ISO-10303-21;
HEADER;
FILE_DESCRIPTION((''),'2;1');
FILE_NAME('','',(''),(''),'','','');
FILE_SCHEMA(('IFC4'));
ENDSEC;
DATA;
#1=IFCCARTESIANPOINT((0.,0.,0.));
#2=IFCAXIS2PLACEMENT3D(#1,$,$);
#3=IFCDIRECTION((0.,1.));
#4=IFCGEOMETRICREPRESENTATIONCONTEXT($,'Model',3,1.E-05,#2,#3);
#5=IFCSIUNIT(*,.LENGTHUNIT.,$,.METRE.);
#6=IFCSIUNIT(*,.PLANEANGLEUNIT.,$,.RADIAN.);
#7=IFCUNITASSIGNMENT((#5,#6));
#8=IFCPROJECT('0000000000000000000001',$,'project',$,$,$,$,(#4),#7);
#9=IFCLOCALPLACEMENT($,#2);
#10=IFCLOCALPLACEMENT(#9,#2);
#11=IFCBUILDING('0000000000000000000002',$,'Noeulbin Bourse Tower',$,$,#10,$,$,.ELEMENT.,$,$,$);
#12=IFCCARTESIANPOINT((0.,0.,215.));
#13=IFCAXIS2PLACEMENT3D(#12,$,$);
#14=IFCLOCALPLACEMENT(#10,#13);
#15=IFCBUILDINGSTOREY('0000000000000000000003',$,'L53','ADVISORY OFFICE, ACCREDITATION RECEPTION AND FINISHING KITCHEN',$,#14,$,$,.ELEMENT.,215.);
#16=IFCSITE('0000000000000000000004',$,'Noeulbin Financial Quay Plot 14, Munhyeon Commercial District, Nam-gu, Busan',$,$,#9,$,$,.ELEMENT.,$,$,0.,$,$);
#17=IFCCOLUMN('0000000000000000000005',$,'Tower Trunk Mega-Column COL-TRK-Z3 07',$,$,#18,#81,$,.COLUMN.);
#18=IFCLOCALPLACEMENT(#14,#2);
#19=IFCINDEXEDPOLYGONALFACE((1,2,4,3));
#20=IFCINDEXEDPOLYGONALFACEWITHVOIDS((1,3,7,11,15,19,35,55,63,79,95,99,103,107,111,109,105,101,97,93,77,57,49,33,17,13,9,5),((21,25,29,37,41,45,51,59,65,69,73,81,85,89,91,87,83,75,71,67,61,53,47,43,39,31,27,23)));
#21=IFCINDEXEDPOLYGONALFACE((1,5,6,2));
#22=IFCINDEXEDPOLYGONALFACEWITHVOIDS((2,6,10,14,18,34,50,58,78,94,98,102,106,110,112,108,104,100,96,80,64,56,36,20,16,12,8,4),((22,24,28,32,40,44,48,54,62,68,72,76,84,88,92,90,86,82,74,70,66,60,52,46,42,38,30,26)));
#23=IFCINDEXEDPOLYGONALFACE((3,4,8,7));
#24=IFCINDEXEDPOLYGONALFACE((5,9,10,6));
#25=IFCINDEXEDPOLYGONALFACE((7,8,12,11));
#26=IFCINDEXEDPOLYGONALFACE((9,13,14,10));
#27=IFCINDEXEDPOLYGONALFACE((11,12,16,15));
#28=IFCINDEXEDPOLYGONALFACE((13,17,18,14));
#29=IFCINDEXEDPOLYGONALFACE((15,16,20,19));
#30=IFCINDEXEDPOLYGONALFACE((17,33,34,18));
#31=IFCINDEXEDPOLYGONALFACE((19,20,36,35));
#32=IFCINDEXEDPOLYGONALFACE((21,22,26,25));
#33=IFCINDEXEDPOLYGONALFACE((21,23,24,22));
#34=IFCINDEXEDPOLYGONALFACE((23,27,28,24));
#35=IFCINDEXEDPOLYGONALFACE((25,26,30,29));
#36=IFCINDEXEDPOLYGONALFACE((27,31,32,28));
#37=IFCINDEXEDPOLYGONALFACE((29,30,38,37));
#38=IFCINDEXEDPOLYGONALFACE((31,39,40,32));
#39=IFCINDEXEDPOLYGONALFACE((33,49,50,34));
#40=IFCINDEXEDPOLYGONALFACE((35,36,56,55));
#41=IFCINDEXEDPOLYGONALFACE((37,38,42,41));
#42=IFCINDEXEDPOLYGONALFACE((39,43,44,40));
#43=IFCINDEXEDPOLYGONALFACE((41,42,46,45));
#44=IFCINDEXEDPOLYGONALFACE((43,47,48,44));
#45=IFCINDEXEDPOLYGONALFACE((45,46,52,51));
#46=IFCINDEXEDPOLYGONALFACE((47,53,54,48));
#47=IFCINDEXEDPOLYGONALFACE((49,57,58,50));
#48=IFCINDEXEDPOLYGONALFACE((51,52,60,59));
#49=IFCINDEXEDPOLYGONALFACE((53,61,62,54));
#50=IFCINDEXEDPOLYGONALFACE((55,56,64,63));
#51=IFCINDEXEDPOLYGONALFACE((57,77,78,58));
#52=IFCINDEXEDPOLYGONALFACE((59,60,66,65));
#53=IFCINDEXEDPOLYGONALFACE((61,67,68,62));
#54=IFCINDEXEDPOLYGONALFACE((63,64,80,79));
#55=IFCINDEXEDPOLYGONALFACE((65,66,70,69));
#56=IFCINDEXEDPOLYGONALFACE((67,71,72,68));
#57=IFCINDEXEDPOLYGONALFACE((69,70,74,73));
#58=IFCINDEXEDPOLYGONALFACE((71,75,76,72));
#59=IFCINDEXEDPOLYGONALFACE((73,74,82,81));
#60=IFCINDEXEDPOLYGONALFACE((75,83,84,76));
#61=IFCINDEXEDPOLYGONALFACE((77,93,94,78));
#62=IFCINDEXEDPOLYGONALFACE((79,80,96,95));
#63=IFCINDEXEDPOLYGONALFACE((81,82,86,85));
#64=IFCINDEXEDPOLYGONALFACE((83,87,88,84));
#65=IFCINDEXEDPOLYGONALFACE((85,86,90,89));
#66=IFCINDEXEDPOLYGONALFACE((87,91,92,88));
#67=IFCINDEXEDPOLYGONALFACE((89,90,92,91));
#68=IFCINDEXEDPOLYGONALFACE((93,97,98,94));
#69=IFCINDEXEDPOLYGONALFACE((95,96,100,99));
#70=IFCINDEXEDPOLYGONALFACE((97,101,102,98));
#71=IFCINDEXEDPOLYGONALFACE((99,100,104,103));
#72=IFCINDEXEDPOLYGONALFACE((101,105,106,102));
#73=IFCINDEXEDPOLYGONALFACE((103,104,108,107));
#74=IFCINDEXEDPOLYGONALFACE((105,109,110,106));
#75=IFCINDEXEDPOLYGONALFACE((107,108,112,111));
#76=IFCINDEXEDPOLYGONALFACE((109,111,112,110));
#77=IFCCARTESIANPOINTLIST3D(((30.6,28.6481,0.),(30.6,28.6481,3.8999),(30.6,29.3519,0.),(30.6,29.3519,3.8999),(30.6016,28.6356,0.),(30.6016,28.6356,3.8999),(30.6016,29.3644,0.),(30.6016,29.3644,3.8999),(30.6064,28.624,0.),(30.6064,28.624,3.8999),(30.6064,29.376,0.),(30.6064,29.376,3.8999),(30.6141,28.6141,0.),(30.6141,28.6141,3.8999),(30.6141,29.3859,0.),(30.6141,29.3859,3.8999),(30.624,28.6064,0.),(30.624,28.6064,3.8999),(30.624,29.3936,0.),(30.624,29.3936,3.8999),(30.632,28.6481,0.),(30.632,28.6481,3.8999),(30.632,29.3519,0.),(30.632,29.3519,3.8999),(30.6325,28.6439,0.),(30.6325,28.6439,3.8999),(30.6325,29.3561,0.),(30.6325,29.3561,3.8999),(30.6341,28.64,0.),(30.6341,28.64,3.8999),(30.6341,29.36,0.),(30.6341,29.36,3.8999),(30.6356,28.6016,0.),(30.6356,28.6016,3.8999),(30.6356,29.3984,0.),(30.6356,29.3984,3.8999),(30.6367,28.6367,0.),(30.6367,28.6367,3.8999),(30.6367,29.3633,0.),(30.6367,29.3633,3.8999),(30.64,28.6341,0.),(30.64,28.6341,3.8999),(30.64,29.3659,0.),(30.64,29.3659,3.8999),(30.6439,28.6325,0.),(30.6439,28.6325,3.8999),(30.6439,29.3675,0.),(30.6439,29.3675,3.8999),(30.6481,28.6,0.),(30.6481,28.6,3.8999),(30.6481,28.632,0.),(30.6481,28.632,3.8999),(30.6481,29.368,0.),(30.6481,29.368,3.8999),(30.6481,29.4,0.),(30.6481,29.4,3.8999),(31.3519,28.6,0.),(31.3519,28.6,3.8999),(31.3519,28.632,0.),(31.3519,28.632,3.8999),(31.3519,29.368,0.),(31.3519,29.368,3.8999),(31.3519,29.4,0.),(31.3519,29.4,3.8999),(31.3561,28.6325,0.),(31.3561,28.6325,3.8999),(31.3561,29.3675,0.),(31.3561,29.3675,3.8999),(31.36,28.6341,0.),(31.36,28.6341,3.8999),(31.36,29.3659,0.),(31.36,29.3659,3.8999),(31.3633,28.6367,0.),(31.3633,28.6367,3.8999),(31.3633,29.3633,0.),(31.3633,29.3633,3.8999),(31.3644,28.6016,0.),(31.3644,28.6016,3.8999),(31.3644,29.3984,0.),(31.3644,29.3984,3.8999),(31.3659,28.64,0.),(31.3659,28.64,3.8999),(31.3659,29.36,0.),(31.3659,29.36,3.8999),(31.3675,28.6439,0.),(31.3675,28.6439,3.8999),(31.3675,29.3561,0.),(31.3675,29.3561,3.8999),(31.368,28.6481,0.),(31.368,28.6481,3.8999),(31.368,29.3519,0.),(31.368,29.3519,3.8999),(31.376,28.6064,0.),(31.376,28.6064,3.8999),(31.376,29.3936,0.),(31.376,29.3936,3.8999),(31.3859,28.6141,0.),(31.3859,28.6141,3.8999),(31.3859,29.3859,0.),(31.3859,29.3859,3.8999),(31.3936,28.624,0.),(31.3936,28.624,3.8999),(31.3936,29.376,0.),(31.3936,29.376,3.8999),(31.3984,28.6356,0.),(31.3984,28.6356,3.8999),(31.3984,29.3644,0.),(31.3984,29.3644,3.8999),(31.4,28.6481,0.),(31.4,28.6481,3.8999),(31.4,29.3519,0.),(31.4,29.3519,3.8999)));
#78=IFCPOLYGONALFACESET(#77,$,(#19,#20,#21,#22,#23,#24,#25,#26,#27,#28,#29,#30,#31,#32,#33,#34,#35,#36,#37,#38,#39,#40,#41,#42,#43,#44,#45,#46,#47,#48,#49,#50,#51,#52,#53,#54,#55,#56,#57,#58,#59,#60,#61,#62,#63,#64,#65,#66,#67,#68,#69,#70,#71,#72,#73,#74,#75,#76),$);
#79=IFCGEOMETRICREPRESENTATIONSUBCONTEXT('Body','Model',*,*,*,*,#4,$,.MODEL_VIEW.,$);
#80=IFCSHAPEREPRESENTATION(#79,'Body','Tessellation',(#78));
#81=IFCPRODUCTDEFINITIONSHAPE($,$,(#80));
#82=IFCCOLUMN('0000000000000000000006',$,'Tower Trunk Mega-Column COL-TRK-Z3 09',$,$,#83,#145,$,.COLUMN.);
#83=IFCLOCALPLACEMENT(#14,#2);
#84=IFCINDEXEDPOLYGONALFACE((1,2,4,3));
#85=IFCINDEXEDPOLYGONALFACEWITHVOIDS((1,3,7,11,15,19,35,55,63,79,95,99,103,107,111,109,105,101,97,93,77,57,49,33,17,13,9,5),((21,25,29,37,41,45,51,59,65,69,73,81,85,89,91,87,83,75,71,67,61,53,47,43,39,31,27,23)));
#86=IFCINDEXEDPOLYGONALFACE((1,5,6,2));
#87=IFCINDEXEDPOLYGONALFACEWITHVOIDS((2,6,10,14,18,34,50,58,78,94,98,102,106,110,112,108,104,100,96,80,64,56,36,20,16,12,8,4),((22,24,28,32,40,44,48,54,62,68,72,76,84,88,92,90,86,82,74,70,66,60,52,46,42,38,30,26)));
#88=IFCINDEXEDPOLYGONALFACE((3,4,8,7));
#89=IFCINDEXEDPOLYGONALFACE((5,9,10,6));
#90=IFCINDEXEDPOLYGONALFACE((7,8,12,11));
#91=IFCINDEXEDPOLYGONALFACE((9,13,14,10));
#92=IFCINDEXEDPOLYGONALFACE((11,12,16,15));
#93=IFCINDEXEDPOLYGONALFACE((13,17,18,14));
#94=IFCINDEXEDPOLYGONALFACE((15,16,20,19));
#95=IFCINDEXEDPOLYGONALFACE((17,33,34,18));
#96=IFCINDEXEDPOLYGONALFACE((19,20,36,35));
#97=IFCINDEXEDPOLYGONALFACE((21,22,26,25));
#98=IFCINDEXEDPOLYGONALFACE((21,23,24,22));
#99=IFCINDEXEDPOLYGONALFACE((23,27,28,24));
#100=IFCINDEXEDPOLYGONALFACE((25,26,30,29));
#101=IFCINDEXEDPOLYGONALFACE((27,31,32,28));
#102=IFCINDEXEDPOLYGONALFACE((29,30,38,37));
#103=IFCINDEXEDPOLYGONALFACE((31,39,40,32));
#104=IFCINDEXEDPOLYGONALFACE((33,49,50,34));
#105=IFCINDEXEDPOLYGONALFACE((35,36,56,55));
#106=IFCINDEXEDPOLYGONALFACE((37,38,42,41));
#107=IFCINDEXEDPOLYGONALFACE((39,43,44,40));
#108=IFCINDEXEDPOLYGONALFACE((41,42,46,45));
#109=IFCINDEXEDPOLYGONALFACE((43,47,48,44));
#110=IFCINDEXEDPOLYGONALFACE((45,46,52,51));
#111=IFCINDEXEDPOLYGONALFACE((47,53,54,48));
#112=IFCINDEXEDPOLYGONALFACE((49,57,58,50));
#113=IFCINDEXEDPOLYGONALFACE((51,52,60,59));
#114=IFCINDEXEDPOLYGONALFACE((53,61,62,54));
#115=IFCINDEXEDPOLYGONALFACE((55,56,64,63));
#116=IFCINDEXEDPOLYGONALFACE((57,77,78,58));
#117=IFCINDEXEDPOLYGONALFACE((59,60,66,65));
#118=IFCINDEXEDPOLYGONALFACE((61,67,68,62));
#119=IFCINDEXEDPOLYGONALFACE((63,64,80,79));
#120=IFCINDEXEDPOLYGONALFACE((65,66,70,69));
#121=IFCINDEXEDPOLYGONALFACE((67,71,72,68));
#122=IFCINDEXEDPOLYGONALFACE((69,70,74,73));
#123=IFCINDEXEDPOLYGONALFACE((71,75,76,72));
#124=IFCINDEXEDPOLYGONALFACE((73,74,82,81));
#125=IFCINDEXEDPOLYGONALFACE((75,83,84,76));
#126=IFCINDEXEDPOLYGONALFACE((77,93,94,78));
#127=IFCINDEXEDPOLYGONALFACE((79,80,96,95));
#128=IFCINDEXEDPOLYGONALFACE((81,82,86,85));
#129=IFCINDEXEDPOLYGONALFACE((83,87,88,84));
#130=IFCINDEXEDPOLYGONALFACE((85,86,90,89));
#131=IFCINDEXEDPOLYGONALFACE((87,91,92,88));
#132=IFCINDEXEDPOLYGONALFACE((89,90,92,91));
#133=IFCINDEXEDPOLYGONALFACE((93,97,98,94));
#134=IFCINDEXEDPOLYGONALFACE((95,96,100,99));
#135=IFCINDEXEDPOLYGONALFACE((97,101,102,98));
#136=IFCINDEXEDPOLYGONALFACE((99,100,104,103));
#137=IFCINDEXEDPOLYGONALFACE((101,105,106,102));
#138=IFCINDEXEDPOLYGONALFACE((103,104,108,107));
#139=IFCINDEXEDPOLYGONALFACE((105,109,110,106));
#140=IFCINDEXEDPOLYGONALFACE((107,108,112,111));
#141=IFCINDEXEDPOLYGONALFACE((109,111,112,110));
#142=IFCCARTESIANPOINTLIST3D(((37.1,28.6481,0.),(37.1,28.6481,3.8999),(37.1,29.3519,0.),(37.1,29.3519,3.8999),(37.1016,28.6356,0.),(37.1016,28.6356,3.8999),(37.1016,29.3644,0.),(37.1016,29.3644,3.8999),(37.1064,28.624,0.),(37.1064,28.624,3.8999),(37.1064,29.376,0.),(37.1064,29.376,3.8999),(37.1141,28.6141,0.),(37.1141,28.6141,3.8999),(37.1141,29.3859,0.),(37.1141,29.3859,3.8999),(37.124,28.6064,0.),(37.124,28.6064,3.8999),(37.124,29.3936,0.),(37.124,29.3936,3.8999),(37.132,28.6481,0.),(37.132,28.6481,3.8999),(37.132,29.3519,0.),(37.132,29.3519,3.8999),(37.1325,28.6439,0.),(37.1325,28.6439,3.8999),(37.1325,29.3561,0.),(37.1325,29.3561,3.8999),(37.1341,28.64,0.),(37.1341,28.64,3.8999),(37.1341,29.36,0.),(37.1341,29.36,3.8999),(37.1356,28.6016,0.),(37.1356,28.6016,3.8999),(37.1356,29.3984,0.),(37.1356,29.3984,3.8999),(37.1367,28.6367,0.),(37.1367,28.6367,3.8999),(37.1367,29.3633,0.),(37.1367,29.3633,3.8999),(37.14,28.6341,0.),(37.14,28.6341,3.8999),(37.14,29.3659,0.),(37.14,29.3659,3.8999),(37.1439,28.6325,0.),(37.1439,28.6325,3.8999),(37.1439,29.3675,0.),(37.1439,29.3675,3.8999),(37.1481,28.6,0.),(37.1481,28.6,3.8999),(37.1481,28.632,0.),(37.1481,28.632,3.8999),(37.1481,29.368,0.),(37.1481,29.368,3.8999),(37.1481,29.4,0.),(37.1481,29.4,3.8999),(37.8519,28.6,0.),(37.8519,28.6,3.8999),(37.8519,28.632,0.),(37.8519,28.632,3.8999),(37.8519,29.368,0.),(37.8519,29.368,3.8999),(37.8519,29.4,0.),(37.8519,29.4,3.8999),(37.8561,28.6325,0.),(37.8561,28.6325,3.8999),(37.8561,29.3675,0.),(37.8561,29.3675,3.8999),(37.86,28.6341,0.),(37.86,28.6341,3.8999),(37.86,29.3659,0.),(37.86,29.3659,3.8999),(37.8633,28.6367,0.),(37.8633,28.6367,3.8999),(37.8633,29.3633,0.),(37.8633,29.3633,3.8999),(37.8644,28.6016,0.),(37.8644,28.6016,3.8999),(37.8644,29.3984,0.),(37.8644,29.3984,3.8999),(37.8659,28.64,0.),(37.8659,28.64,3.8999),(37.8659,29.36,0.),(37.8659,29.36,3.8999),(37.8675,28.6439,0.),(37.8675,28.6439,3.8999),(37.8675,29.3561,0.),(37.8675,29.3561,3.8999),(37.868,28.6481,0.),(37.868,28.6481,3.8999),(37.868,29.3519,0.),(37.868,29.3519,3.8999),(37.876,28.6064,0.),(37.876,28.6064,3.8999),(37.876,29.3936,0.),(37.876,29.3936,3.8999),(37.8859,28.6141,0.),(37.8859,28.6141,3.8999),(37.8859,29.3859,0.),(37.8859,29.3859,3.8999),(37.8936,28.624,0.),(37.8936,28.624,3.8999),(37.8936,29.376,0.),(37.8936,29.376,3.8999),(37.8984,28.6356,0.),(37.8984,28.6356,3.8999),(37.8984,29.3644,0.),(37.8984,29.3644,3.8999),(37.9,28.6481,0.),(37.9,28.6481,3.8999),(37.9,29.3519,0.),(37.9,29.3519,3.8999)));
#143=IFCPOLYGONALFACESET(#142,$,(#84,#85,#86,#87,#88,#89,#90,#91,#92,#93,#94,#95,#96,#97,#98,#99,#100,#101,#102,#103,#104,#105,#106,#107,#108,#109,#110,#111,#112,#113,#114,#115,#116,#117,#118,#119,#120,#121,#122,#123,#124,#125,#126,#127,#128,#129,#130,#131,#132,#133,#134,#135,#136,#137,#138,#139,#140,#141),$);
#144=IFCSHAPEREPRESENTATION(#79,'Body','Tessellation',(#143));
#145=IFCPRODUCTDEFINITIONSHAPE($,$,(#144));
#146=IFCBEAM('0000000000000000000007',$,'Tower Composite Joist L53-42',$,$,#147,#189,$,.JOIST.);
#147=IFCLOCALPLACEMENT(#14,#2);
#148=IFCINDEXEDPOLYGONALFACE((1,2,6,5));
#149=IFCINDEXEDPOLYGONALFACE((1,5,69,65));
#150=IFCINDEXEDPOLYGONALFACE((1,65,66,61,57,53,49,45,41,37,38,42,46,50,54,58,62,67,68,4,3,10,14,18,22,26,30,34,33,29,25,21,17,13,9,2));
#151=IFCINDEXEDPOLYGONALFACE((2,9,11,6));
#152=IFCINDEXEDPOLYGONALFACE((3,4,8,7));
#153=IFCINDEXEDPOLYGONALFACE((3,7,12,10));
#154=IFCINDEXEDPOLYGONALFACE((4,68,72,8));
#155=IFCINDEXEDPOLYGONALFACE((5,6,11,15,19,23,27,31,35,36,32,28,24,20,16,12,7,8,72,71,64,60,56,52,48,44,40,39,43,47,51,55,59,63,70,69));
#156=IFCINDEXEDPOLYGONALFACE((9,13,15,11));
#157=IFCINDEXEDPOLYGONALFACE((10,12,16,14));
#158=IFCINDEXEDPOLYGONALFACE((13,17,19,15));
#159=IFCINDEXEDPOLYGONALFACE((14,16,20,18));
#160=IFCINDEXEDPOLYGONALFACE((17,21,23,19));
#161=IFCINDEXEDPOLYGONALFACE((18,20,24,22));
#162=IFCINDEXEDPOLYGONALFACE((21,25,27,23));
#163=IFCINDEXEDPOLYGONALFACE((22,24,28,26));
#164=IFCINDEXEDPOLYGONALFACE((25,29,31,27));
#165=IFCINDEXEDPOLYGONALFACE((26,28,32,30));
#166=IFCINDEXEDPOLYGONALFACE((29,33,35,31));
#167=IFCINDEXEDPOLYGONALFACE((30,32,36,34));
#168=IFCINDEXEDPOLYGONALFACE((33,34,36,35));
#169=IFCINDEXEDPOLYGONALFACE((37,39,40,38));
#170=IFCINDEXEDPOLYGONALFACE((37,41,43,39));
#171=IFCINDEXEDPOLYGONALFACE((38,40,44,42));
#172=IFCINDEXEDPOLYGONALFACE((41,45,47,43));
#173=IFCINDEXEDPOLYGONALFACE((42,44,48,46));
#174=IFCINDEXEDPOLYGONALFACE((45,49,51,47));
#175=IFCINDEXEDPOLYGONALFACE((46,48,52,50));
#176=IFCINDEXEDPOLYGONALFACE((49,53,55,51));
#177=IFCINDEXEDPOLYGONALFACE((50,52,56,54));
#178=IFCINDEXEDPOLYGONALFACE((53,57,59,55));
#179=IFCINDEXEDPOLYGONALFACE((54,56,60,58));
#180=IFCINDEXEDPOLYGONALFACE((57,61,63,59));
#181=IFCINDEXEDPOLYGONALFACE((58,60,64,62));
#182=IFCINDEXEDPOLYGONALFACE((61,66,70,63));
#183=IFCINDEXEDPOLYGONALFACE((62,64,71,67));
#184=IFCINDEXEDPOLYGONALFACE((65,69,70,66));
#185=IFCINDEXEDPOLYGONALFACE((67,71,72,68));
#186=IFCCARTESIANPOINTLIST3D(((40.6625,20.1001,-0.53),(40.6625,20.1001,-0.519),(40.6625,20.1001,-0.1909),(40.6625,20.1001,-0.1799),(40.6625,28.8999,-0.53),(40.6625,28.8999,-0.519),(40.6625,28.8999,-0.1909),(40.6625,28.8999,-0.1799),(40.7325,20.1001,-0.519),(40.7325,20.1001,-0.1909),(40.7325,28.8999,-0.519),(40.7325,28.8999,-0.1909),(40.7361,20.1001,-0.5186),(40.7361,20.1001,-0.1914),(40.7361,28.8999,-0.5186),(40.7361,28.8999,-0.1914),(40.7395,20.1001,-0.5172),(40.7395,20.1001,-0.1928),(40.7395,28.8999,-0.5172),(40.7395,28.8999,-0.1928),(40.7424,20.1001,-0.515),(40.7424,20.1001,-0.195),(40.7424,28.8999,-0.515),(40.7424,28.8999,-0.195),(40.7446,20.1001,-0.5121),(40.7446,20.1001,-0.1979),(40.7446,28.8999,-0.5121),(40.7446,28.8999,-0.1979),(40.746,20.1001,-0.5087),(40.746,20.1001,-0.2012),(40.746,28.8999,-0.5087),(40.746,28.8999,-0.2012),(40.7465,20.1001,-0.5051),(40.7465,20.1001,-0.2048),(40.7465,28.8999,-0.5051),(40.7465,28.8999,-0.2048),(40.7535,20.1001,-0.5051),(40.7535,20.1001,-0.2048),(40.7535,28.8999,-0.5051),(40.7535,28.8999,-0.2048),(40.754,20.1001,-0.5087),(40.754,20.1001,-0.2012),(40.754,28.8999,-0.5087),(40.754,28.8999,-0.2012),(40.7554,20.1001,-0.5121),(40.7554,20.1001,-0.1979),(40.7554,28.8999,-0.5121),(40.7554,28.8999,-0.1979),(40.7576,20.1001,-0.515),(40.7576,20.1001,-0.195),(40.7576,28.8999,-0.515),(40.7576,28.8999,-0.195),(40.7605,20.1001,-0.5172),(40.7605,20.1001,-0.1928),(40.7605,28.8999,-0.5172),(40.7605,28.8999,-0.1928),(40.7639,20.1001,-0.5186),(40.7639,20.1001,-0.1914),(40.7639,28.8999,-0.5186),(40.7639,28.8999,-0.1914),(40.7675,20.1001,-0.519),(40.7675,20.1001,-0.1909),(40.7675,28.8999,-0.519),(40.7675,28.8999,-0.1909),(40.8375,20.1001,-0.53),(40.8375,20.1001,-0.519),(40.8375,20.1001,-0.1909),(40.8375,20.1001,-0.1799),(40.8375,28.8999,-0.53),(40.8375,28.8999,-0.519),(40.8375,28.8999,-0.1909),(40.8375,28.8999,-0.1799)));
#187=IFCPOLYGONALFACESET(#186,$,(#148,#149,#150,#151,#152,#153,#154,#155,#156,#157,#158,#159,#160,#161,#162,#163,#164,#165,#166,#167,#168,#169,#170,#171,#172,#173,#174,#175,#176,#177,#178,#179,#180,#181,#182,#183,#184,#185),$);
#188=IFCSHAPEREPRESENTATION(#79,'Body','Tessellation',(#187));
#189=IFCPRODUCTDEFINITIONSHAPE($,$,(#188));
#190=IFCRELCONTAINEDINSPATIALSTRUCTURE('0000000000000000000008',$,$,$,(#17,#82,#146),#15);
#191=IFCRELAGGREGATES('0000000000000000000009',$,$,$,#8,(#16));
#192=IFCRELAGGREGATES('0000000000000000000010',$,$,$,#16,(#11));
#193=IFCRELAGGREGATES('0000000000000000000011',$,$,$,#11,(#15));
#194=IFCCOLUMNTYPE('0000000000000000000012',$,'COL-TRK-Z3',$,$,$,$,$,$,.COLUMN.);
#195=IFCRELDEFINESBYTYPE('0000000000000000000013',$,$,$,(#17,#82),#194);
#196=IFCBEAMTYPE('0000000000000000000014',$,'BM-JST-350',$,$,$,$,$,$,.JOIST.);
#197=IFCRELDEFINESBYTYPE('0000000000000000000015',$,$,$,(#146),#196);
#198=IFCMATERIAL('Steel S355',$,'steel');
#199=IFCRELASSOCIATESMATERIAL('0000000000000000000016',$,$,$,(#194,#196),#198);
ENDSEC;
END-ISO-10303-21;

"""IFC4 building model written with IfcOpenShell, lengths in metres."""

from ifc_helpers import new_model, si_unit, direction, frame, origin, origin_2d, place, context, subcontext, project, spatial, hollow_rectangle, i_section, extrude, material, material_profile, profile_set, type_object, element, save


model = new_model("IFC4")

# Units and contexts
model_context = context("Model", 3, precision=1e-05, world=origin(), true_north=direction((0.0, 1.0)))
body_context = subcontext(model_context, "Body", "Model", "MODEL_VIEW")
ifc_project = project(units=[si_unit("LENGTHUNIT", "METRE"), si_unit("PLANEANGLEUNIT", "RADIAN")], contexts=[model_context])

# Site, building, storey
site_placement = place(None, origin())
site = spatial("IfcSite", under=ifc_project, at=site_placement, Name="Noeulbin Financial Quay Plot 14, Munhyeon Commercial District, Nam-gu, Busan", CompositionType="ELEMENT", RefElevation=0.0)
building_placement = place(site_placement, origin())
building = spatial("IfcBuilding", under=site, at=building_placement, Name="Noeulbin Bourse Tower", CompositionType="ELEMENT")
storey_placement = place(building_placement, frame((0.0, 0.0, 215.0)))
storey = spatial("IfcBuildingStorey", under=building, at=storey_placement, Name="L53", Description="ADVISORY OFFICE, ACCREDITATION RECEPTION AND FINISHING KITCHEN", CompositionType="ELEMENT", Elevation=215.0)

# Columns
ifc_material_1 = material(Name="Steel S355", Category="steel")
ifc_material_profile_1 = material_profile(ifc_material_1, hollow_rectangle(XDim=0.8, YDim=0.8, WallThickness=0.032, InnerFilletRadius=0.0161, OuterFilletRadius=0.0481, at=origin_2d()), Name="BOX-800x800x32", Category="LoadBearing")
ifc_profile_set_1 = profile_set([ifc_material_profile_1], Name="Steel S355")
column_type = type_object("IfcColumnType", Name="COL-TRK-Z3", PredefinedType="COLUMN", material=ifc_profile_set_1)
for number, where, z_axis, x_axis, name in (
    (1, (31.0, 29.0, 0.0), (0.0, 0.0, 1.0), (1.0, 0.0, 0.0), "Tower Trunk Mega-Column COL-TRK-Z3 07"),
    (2, (37.5, 29.0, 0.0), (0.0, 0.0, 1.0), (1.0, 0.0, 0.0), "Tower Trunk Mega-Column COL-TRK-Z3 09"),
):
    element("IfcColumn", number, at=place(storey_placement, frame(where, z_axis=z_axis, x_axis=x_axis)), inside=storey, type_object=column_type, Name=name, PredefinedType="COLUMN", context=body_context, shape_type="SweptSolid", body=[
        extrude(hollow_rectangle(XDim=0.8, YDim=0.8, WallThickness=0.032, InnerFilletRadius=0.0161, OuterFilletRadius=0.0481, at=origin_2d()), origin(), (0.0, 0.0, 1.0), 3.8999),
    ])

# Beam
ifc_material_profile_2 = material_profile(ifc_material_1, i_section(OverallWidth=0.175, OverallDepth=0.3501, WebThickness=0.0071, FlangeThickness=0.011, FilletRadius=0.0139, at=origin_2d()), Name="H-350x175x7x11", Category="LoadBearing")
ifc_profile_set_2 = profile_set([ifc_material_profile_2], Name="Steel S355")
beam_type_1 = type_object("IfcBeamType", Name="BM-JST-350", PredefinedType="JOIST", material=ifc_profile_set_2)
for number, where, z_axis, x_axis, name in (
    (3, (40.75, 20.1001, -0.355), (0.0, 1.0, 0.0), (-1.0, 0.0, 0.0), "Tower Composite Joist L53-42"),
):
    element("IfcBeam", number, at=place(storey_placement, frame(where, z_axis=z_axis, x_axis=x_axis)), inside=storey, type_object=beam_type_1, Name=name, PredefinedType="JOIST", context=body_context, shape_type="SweptSolid", body=[
        extrude(i_section(OverallWidth=0.175, OverallDepth=0.3501, WebThickness=0.0071, FlangeThickness=0.011, FilletRadius=0.0139, at=origin_2d()), origin(), (0.0, 0.0, 1.0), 8.7998),
    ])

save(model, "model.ifc")
